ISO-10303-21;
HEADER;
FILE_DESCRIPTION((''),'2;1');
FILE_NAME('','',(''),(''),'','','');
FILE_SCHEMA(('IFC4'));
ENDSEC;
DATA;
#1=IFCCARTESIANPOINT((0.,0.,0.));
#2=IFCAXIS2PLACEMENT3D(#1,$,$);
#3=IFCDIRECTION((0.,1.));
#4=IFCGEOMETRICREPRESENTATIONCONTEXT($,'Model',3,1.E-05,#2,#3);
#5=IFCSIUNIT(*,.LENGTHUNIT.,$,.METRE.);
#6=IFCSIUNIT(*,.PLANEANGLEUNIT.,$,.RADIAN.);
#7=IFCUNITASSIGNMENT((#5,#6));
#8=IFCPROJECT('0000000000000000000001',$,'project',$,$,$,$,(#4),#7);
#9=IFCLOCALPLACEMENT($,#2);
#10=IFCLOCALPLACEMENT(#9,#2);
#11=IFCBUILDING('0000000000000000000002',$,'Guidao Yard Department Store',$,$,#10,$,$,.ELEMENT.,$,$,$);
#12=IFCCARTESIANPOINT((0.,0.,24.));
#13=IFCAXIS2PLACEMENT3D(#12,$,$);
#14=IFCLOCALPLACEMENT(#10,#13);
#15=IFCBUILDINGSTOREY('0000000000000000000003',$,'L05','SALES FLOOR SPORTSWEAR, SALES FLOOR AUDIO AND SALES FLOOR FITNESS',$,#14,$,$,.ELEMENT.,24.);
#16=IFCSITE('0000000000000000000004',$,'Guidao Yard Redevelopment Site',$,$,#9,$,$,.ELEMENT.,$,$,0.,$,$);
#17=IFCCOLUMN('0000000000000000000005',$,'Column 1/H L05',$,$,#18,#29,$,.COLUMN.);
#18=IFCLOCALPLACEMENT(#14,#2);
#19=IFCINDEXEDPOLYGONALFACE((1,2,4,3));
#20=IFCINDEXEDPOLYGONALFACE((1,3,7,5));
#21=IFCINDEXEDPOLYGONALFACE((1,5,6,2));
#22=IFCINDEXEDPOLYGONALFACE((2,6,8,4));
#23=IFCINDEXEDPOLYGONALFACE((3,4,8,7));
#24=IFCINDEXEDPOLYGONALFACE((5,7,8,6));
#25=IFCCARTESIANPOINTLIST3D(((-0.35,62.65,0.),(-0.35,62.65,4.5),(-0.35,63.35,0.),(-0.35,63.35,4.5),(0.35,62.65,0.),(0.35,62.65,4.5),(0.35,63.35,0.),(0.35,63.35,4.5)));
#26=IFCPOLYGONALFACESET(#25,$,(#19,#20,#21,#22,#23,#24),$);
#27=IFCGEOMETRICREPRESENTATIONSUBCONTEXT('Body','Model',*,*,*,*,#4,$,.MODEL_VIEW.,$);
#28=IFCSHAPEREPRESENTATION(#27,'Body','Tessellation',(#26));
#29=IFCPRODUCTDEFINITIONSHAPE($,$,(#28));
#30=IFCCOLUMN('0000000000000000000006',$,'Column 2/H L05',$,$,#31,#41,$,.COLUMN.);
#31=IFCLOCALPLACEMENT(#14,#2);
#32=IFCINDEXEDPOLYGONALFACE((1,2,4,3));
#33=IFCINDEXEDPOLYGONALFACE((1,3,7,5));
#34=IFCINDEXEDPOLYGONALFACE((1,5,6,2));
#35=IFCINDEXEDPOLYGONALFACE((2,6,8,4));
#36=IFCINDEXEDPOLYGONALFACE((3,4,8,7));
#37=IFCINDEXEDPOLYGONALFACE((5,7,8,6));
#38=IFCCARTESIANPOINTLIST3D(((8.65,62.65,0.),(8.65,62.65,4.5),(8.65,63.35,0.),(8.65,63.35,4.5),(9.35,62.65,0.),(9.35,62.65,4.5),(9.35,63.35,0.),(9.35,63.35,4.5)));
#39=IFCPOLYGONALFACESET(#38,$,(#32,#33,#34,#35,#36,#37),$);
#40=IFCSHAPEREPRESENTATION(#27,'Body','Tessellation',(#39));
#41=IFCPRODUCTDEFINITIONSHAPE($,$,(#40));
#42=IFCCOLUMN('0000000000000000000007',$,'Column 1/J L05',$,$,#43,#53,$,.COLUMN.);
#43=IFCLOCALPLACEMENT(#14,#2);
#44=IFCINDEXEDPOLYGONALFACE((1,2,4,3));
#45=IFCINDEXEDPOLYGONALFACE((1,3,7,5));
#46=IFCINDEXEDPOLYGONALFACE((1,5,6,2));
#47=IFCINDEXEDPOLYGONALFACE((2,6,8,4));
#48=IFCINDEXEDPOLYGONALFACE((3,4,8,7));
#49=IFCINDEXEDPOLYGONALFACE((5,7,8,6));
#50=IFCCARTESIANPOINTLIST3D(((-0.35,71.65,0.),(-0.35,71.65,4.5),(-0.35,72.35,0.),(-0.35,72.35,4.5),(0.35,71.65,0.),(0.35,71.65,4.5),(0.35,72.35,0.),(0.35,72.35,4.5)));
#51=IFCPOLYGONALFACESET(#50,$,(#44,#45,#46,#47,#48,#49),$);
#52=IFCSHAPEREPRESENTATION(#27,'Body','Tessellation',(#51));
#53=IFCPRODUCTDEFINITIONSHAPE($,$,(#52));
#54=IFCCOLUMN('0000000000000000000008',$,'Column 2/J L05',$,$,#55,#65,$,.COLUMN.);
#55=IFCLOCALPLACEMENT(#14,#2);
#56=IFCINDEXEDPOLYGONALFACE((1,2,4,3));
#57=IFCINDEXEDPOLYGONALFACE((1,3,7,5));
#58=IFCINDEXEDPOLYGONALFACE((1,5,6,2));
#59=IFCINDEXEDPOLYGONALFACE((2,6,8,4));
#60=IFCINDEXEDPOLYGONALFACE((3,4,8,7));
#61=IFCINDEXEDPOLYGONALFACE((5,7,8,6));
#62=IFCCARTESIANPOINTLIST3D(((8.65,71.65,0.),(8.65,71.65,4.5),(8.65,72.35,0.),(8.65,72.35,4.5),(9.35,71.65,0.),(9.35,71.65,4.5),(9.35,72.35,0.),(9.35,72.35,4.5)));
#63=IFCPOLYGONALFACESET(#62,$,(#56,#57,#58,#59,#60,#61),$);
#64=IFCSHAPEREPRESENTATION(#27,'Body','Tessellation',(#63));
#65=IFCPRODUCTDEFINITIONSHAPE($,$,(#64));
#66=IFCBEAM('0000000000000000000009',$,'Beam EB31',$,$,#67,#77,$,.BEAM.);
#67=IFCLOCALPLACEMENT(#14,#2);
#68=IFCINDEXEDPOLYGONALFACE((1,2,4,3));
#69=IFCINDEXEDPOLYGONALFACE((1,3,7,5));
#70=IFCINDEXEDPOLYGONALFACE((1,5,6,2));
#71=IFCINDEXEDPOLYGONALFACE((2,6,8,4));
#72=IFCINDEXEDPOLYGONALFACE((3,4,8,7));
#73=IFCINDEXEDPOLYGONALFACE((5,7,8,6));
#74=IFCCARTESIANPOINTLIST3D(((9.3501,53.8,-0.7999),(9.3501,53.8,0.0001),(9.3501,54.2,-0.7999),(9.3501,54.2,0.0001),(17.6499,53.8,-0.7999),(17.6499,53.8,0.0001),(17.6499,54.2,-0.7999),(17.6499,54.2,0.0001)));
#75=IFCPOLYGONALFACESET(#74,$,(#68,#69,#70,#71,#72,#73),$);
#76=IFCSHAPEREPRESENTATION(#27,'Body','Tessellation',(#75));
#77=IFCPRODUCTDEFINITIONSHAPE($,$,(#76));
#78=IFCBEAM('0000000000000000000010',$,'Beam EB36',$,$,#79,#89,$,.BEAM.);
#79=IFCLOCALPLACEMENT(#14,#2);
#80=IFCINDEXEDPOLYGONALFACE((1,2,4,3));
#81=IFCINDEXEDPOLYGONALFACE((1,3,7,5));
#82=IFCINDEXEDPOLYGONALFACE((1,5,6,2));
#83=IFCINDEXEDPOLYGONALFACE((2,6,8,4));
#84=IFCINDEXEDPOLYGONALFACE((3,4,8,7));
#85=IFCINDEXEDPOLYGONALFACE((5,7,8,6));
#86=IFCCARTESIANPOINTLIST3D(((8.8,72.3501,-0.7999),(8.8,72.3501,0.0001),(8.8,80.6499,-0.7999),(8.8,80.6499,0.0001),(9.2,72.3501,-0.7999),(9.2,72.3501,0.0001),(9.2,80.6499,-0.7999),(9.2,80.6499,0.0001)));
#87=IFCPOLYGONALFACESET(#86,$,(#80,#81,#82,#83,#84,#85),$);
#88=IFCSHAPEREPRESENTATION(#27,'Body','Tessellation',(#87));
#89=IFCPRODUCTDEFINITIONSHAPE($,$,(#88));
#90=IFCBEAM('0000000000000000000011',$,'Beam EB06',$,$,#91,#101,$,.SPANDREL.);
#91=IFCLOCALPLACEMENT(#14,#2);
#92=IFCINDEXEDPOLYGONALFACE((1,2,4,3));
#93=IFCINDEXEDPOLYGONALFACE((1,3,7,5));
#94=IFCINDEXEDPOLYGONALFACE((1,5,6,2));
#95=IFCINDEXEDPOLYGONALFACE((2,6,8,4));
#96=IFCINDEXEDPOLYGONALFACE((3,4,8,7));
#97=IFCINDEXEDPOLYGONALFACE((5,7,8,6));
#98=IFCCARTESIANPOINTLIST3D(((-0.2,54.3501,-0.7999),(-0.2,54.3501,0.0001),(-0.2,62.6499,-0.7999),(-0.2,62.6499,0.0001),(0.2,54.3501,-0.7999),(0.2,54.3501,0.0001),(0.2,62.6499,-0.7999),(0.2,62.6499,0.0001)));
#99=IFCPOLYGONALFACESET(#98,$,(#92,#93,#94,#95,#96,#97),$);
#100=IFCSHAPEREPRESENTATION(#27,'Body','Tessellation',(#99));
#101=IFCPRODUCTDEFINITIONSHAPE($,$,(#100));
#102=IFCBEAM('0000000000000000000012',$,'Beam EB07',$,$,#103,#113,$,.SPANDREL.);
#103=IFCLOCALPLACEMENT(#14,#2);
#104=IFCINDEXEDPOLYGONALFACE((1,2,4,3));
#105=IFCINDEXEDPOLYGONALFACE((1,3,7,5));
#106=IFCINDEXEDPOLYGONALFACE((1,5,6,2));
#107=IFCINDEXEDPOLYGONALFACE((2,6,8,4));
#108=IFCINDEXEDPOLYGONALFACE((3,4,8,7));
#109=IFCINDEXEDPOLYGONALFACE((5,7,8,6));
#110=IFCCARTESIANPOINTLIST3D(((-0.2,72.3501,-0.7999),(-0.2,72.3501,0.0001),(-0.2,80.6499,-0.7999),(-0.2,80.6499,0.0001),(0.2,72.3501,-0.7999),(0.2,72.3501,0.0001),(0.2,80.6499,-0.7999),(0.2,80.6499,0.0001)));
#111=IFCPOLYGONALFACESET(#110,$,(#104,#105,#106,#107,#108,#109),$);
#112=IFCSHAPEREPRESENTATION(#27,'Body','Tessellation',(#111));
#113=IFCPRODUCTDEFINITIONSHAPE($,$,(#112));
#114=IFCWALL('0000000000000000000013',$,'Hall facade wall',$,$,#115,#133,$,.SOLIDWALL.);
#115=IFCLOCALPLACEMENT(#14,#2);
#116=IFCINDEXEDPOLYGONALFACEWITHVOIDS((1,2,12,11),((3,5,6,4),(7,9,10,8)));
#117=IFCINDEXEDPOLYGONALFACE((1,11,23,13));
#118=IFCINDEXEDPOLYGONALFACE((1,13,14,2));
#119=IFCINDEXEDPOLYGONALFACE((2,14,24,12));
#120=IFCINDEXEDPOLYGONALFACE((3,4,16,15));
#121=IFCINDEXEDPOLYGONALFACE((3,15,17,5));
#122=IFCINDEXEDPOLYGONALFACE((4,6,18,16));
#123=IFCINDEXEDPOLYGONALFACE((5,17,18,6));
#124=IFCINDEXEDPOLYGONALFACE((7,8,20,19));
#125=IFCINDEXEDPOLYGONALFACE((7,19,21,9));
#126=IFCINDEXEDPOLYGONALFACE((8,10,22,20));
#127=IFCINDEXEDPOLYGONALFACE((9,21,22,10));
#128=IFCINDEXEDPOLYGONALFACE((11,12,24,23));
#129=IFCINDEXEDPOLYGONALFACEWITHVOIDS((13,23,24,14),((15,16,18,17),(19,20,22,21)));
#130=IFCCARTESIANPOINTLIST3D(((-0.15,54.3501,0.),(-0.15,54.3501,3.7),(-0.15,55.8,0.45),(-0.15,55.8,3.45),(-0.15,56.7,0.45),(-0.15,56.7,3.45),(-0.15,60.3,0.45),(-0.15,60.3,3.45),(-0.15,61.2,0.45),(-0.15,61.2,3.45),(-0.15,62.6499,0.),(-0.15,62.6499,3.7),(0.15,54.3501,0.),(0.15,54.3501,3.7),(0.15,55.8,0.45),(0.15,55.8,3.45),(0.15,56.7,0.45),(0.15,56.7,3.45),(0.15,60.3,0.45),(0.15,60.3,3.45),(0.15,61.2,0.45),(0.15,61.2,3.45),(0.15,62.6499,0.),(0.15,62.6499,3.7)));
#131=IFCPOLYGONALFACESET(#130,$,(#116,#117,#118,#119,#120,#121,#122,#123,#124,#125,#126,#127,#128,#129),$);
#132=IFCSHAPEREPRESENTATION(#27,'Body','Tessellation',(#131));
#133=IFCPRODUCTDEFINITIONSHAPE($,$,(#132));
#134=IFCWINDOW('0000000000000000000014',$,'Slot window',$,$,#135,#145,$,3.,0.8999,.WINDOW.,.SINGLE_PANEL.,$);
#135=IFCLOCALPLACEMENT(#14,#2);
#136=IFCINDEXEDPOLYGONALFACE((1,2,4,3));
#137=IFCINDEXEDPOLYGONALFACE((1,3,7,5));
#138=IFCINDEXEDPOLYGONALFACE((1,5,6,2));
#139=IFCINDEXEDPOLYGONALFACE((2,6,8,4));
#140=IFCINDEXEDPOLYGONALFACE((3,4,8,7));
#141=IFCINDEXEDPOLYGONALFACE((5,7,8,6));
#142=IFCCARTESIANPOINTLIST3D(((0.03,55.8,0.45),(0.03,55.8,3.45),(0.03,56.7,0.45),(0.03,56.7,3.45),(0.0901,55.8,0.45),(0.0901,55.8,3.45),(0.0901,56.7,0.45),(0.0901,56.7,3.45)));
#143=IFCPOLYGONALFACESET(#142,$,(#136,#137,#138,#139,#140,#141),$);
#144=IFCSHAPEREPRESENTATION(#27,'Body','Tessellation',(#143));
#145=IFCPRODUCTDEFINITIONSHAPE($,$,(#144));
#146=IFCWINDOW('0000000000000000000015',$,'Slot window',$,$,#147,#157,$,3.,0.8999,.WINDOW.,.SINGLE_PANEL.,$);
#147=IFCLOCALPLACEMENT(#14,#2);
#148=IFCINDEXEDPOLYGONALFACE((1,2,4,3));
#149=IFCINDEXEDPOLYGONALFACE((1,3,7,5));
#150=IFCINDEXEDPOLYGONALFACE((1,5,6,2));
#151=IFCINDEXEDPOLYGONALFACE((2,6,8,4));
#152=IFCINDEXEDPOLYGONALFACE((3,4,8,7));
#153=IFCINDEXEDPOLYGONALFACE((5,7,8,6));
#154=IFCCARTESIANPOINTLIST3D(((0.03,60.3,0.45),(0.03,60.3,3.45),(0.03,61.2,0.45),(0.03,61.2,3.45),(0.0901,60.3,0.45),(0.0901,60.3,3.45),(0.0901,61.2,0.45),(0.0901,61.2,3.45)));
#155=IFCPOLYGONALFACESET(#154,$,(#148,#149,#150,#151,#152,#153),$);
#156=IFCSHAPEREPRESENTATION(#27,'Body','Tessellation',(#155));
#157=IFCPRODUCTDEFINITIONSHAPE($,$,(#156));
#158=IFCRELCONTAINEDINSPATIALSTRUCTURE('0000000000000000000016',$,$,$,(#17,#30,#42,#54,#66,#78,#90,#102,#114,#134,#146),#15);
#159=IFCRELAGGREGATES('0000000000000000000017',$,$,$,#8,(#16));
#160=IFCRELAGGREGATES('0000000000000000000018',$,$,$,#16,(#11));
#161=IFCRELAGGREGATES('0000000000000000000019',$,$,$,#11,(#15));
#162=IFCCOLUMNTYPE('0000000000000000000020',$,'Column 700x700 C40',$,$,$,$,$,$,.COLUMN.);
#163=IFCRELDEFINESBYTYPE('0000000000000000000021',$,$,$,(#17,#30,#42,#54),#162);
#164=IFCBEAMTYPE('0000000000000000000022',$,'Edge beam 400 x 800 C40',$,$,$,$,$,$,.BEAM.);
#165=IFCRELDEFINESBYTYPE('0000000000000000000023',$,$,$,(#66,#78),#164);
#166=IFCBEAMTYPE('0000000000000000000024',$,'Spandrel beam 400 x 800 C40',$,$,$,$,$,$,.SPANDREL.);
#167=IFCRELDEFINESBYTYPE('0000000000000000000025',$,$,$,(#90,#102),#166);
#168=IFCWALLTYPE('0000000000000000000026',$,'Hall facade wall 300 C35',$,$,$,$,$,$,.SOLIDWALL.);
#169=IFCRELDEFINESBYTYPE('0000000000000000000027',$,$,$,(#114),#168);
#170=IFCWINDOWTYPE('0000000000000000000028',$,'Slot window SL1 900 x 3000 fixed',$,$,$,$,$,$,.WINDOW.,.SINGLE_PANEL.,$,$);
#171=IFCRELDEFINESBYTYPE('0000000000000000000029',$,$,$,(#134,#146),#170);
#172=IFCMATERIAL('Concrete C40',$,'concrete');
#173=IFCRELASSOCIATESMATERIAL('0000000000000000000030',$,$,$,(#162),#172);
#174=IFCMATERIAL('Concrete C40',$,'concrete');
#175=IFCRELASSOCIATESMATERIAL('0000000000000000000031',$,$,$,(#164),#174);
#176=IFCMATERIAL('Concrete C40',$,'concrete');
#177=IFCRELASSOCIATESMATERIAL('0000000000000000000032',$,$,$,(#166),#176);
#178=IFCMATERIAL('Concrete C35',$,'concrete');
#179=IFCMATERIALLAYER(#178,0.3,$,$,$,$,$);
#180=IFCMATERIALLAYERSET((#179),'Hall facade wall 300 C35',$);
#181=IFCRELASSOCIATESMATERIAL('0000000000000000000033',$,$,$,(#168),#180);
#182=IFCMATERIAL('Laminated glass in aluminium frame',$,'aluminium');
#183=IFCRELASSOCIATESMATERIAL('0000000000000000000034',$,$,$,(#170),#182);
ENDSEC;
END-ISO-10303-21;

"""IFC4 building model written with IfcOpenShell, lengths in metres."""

from ifc_helpers import new_model, si_unit, direction, frame, frame_2d, origin, origin_2d, place, context, subcontext, project, spatial, rectangle, extrude, material, layer, layer_set, material_profile, profile_set, type_object, element, fill, save


model = new_model("IFC4")

# Units and contexts
model_context = context("Model", 3, precision=1e-05, world=origin(), true_north=direction((0.0, 1.0)))
body_context = subcontext(model_context, "Body", "Model", "MODEL_VIEW")
ifc_project = project(units=[si_unit("LENGTHUNIT", "METRE"), si_unit("PLANEANGLEUNIT", "RADIAN")], contexts=[model_context])

# Site, building, storey
site_placement = place(None, origin())
site = spatial("IfcSite", under=ifc_project, at=site_placement, Name="Guidao Yard Redevelopment Site", CompositionType="ELEMENT", RefElevation=0.0)
building_placement = place(site_placement, origin())
building = spatial("IfcBuilding", under=site, at=building_placement, Name="Guidao Yard Department Store", CompositionType="ELEMENT")
storey_placement = place(building_placement, frame((0.0, 0.0, 24.0)))
storey = spatial("IfcBuildingStorey", under=building, at=storey_placement, Name="L05", Description="SALES FLOOR SPORTSWEAR, SALES FLOOR AUDIO AND SALES FLOOR FITNESS", CompositionType="ELEMENT", Elevation=24.0)

# Columns
ifc_material_1 = material(Name="Concrete C40", Category="concrete")
ifc_material_profile_1 = material_profile(ifc_material_1, rectangle(XDim=0.7, YDim=0.7, at=origin_2d()), Name="COL 700x700")
ifc_profile_set_1 = profile_set([ifc_material_profile_1], Name="Concrete C40")
column_type = type_object("IfcColumnType", Name="Column 700x700 C40", PredefinedType="COLUMN", material=ifc_profile_set_1)
for number, where, z_axis, x_axis, name in (
    (1, (0.0, 63.0, 0.0), (0.0, 0.0, 1.0), (1.0, 0.0, 0.0), "Column 1/H L05"),
    (2, (9.0, 63.0, 0.0), (0.0, 0.0, 1.0), (1.0, 0.0, 0.0), "Column 2/H L05"),
    (3, (0.0, 72.0, 0.0), (0.0, 0.0, 1.0), (1.0, 0.0, 0.0), "Column 1/J L05"),
    (4, (9.0, 72.0, 0.0), (0.0, 0.0, 1.0), (1.0, 0.0, 0.0), "Column 2/J L05"),
):
    element("IfcColumn", number, at=place(storey_placement, frame(where, z_axis=z_axis, x_axis=x_axis)), inside=storey, type_object=column_type, Name=name, PredefinedType="COLUMN", context=body_context, shape_type="SweptSolid", body=[
        extrude(rectangle(XDim=0.7, YDim=0.7, at=origin_2d()), origin(), (0.0, 0.0, 1.0), 4.5),
    ])

# Beams
ifc_material_2 = material(Name="Concrete C40", Category="concrete")
ifc_material_profile_2 = material_profile(ifc_material_2, rectangle(XDim=0.3999, YDim=0.8, at=origin_2d()), Name="Edge beam 400 x 800 C40")
ifc_profile_set_2 = profile_set([ifc_material_profile_2], Name="Concrete C40")
beam_type_1 = type_object("IfcBeamType", Name="Edge beam 400 x 800 C40", PredefinedType="BEAM", material=ifc_profile_set_2)
for number, where, z_axis, x_axis, name in (
    (5, (9.3501, 54.0, -0.3999), (1.0, 0.0, 0.0), (0.0, 1.0, 0.0), "Beam EB31"),
    (6, (9.0, 72.3501, -0.3999), (0.0, 1.0, 0.0), (-1.0, 0.0, 0.0), "Beam EB36"),
):
    element("IfcBeam", number, at=place(storey_placement, frame(where, z_axis=z_axis, x_axis=x_axis)), inside=storey, type_object=beam_type_1, Name=name, PredefinedType="BEAM", context=body_context, shape_type="SweptSolid", body=[
        extrude(rectangle(XDim=0.3999, YDim=0.8, at=origin_2d()), origin(), (0.0, 0.0, 1.0), 8.2998),
    ])
ifc_material_3 = material(Name="Concrete C40", Category="concrete")
ifc_material_profile_3 = material_profile(ifc_material_3, rectangle(XDim=0.3999, YDim=0.8, at=origin_2d()), Name="Spandrel beam 400 x 800 C40")
ifc_profile_set_3 = profile_set([ifc_material_profile_3], Name="Concrete C40")
beam_type_2 = type_object("IfcBeamType", Name="Spandrel beam 400 x 800 C40", PredefinedType="SPANDREL", material=ifc_profile_set_3)
for number, where, z_axis, x_axis, name in (
    (7, (0.0, 54.3501, -0.3999), (0.0, 1.0, 0.0), (-1.0, 0.0, 0.0), "Beam EB06"),
    (8, (0.0, 72.3501, -0.3999), (0.0, 1.0, 0.0), (-1.0, 0.0, 0.0), "Beam EB07"),
):
    element("IfcBeam", number, at=place(storey_placement, frame(where, z_axis=z_axis, x_axis=x_axis)), inside=storey, type_object=beam_type_2, Name=name, PredefinedType="SPANDREL", context=body_context, shape_type="SweptSolid", body=[
        extrude(rectangle(XDim=0.3999, YDim=0.8, at=origin_2d()), origin(), (0.0, 0.0, 1.0), 8.2998),
    ])

# Wall, openings, windows
ifc_material_4 = material(Name="Concrete C35", Category="concrete")
ifc_layer_1 = layer(ifc_material_4, 0.3)
ifc_layer_set_1 = layer_set([ifc_layer_1], Name="Hall facade wall 300 C35")
wall_type_1 = type_object("IfcWallType", Name="Hall facade wall 300 C35", PredefinedType="SOLIDWALL", material=ifc_layer_set_1)
wall_1_placement = place(storey_placement, frame((0.0, 54.3501, 0.0), z_axis=(0.0, 0.0, 1.0), x_axis=(0.0, 1.0, 0.0)))
wall_1 = element("IfcWall", 9, at=wall_1_placement, inside=storey, type_object=wall_type_1, Name="Hall facade wall", PredefinedType="SOLIDWALL", context=body_context, shape_type="SweptSolid", body=[
    extrude(rectangle(XDim=8.2998, YDim=0.3, at=frame_2d((4.1499, 0.0))), origin(), (0.0, 0.0, 1.0), 3.7),
])
opening_1_placement = place(wall_1_placement, frame((1.45, 0.0, 0.45)))
opening_1 = element("IfcOpeningElement", 10, at=opening_1_placement, cuts=wall_1, PredefinedType="OPENING", context=body_context, shape_type="SweptSolid", body=[
    extrude(rectangle(XDim=0.8999, YDim=3.0, at=frame_2d((0.45, 1.5))), frame((0.0, 0.1599, 0.0), z_axis=(0.0, -1.0, 0.0), x_axis=(1.0, 0.0, 0.0)), (0.0, 0.0, 1.0), 0.3201),
])
opening_2_placement = place(wall_1_placement, frame((5.95, 0.0, 0.45)))
opening_2 = element("IfcOpeningElement", 11, at=opening_2_placement, cuts=wall_1, PredefinedType="OPENING", context=body_context, shape_type="SweptSolid", body=[
    extrude(rectangle(XDim=0.8999, YDim=3.0, at=frame_2d((0.45, 1.5))), frame((0.0, 0.1599, 0.0), z_axis=(0.0, -1.0, 0.0), x_axis=(1.0, 0.0, 0.0)), (0.0, 0.0, 1.0), 0.3201),
])
ifc_material_5 = material(Name="Laminated glass in aluminium frame", Category="aluminium")
window_type = type_object("IfcWindowType", Name="Slot window SL1 900 x 3000 fixed", PartitioningType="SINGLE_PANEL", PredefinedType="WINDOW", material=ifc_material_5)
window_1_placement = place(opening_1_placement, origin())
window_1 = element("IfcWindow", 12, at=window_1_placement, inside=storey, type_object=window_type, Name="Slot window", OverallHeight=3.0, OverallWidth=0.8999, PartitioningType="SINGLE_PANEL", PredefinedType="WINDOW", context=body_context, shape_type="SweptSolid", body=[
    extrude(rectangle(XDim=0.8999, YDim=3.0, at=frame_2d((0.45, 1.5))), frame((0.0, -0.03, 0.0), z_axis=(0.0, -1.0, 0.0), x_axis=(1.0, 0.0, 0.0)), (0.0, 0.0, 1.0), 0.0601),
])
fill(opening_1, window_1)
window_2_placement = place(opening_2_placement, origin())
window_2 = element("IfcWindow", 13, at=window_2_placement, inside=storey, type_object=window_type, Name="Slot window", OverallHeight=3.0, OverallWidth=0.8999, PartitioningType="SINGLE_PANEL", PredefinedType="WINDOW", context=body_context, shape_type="SweptSolid", body=[
    extrude(rectangle(XDim=0.8999, YDim=3.0, at=frame_2d((0.45, 1.5))), frame((0.0, -0.03, 0.0), z_axis=(0.0, -1.0, 0.0), x_axis=(1.0, 0.0, 0.0)), (0.0, 0.0, 1.0), 0.0601),
])
fill(opening_2, window_2)

save(model, "model.ifc")
